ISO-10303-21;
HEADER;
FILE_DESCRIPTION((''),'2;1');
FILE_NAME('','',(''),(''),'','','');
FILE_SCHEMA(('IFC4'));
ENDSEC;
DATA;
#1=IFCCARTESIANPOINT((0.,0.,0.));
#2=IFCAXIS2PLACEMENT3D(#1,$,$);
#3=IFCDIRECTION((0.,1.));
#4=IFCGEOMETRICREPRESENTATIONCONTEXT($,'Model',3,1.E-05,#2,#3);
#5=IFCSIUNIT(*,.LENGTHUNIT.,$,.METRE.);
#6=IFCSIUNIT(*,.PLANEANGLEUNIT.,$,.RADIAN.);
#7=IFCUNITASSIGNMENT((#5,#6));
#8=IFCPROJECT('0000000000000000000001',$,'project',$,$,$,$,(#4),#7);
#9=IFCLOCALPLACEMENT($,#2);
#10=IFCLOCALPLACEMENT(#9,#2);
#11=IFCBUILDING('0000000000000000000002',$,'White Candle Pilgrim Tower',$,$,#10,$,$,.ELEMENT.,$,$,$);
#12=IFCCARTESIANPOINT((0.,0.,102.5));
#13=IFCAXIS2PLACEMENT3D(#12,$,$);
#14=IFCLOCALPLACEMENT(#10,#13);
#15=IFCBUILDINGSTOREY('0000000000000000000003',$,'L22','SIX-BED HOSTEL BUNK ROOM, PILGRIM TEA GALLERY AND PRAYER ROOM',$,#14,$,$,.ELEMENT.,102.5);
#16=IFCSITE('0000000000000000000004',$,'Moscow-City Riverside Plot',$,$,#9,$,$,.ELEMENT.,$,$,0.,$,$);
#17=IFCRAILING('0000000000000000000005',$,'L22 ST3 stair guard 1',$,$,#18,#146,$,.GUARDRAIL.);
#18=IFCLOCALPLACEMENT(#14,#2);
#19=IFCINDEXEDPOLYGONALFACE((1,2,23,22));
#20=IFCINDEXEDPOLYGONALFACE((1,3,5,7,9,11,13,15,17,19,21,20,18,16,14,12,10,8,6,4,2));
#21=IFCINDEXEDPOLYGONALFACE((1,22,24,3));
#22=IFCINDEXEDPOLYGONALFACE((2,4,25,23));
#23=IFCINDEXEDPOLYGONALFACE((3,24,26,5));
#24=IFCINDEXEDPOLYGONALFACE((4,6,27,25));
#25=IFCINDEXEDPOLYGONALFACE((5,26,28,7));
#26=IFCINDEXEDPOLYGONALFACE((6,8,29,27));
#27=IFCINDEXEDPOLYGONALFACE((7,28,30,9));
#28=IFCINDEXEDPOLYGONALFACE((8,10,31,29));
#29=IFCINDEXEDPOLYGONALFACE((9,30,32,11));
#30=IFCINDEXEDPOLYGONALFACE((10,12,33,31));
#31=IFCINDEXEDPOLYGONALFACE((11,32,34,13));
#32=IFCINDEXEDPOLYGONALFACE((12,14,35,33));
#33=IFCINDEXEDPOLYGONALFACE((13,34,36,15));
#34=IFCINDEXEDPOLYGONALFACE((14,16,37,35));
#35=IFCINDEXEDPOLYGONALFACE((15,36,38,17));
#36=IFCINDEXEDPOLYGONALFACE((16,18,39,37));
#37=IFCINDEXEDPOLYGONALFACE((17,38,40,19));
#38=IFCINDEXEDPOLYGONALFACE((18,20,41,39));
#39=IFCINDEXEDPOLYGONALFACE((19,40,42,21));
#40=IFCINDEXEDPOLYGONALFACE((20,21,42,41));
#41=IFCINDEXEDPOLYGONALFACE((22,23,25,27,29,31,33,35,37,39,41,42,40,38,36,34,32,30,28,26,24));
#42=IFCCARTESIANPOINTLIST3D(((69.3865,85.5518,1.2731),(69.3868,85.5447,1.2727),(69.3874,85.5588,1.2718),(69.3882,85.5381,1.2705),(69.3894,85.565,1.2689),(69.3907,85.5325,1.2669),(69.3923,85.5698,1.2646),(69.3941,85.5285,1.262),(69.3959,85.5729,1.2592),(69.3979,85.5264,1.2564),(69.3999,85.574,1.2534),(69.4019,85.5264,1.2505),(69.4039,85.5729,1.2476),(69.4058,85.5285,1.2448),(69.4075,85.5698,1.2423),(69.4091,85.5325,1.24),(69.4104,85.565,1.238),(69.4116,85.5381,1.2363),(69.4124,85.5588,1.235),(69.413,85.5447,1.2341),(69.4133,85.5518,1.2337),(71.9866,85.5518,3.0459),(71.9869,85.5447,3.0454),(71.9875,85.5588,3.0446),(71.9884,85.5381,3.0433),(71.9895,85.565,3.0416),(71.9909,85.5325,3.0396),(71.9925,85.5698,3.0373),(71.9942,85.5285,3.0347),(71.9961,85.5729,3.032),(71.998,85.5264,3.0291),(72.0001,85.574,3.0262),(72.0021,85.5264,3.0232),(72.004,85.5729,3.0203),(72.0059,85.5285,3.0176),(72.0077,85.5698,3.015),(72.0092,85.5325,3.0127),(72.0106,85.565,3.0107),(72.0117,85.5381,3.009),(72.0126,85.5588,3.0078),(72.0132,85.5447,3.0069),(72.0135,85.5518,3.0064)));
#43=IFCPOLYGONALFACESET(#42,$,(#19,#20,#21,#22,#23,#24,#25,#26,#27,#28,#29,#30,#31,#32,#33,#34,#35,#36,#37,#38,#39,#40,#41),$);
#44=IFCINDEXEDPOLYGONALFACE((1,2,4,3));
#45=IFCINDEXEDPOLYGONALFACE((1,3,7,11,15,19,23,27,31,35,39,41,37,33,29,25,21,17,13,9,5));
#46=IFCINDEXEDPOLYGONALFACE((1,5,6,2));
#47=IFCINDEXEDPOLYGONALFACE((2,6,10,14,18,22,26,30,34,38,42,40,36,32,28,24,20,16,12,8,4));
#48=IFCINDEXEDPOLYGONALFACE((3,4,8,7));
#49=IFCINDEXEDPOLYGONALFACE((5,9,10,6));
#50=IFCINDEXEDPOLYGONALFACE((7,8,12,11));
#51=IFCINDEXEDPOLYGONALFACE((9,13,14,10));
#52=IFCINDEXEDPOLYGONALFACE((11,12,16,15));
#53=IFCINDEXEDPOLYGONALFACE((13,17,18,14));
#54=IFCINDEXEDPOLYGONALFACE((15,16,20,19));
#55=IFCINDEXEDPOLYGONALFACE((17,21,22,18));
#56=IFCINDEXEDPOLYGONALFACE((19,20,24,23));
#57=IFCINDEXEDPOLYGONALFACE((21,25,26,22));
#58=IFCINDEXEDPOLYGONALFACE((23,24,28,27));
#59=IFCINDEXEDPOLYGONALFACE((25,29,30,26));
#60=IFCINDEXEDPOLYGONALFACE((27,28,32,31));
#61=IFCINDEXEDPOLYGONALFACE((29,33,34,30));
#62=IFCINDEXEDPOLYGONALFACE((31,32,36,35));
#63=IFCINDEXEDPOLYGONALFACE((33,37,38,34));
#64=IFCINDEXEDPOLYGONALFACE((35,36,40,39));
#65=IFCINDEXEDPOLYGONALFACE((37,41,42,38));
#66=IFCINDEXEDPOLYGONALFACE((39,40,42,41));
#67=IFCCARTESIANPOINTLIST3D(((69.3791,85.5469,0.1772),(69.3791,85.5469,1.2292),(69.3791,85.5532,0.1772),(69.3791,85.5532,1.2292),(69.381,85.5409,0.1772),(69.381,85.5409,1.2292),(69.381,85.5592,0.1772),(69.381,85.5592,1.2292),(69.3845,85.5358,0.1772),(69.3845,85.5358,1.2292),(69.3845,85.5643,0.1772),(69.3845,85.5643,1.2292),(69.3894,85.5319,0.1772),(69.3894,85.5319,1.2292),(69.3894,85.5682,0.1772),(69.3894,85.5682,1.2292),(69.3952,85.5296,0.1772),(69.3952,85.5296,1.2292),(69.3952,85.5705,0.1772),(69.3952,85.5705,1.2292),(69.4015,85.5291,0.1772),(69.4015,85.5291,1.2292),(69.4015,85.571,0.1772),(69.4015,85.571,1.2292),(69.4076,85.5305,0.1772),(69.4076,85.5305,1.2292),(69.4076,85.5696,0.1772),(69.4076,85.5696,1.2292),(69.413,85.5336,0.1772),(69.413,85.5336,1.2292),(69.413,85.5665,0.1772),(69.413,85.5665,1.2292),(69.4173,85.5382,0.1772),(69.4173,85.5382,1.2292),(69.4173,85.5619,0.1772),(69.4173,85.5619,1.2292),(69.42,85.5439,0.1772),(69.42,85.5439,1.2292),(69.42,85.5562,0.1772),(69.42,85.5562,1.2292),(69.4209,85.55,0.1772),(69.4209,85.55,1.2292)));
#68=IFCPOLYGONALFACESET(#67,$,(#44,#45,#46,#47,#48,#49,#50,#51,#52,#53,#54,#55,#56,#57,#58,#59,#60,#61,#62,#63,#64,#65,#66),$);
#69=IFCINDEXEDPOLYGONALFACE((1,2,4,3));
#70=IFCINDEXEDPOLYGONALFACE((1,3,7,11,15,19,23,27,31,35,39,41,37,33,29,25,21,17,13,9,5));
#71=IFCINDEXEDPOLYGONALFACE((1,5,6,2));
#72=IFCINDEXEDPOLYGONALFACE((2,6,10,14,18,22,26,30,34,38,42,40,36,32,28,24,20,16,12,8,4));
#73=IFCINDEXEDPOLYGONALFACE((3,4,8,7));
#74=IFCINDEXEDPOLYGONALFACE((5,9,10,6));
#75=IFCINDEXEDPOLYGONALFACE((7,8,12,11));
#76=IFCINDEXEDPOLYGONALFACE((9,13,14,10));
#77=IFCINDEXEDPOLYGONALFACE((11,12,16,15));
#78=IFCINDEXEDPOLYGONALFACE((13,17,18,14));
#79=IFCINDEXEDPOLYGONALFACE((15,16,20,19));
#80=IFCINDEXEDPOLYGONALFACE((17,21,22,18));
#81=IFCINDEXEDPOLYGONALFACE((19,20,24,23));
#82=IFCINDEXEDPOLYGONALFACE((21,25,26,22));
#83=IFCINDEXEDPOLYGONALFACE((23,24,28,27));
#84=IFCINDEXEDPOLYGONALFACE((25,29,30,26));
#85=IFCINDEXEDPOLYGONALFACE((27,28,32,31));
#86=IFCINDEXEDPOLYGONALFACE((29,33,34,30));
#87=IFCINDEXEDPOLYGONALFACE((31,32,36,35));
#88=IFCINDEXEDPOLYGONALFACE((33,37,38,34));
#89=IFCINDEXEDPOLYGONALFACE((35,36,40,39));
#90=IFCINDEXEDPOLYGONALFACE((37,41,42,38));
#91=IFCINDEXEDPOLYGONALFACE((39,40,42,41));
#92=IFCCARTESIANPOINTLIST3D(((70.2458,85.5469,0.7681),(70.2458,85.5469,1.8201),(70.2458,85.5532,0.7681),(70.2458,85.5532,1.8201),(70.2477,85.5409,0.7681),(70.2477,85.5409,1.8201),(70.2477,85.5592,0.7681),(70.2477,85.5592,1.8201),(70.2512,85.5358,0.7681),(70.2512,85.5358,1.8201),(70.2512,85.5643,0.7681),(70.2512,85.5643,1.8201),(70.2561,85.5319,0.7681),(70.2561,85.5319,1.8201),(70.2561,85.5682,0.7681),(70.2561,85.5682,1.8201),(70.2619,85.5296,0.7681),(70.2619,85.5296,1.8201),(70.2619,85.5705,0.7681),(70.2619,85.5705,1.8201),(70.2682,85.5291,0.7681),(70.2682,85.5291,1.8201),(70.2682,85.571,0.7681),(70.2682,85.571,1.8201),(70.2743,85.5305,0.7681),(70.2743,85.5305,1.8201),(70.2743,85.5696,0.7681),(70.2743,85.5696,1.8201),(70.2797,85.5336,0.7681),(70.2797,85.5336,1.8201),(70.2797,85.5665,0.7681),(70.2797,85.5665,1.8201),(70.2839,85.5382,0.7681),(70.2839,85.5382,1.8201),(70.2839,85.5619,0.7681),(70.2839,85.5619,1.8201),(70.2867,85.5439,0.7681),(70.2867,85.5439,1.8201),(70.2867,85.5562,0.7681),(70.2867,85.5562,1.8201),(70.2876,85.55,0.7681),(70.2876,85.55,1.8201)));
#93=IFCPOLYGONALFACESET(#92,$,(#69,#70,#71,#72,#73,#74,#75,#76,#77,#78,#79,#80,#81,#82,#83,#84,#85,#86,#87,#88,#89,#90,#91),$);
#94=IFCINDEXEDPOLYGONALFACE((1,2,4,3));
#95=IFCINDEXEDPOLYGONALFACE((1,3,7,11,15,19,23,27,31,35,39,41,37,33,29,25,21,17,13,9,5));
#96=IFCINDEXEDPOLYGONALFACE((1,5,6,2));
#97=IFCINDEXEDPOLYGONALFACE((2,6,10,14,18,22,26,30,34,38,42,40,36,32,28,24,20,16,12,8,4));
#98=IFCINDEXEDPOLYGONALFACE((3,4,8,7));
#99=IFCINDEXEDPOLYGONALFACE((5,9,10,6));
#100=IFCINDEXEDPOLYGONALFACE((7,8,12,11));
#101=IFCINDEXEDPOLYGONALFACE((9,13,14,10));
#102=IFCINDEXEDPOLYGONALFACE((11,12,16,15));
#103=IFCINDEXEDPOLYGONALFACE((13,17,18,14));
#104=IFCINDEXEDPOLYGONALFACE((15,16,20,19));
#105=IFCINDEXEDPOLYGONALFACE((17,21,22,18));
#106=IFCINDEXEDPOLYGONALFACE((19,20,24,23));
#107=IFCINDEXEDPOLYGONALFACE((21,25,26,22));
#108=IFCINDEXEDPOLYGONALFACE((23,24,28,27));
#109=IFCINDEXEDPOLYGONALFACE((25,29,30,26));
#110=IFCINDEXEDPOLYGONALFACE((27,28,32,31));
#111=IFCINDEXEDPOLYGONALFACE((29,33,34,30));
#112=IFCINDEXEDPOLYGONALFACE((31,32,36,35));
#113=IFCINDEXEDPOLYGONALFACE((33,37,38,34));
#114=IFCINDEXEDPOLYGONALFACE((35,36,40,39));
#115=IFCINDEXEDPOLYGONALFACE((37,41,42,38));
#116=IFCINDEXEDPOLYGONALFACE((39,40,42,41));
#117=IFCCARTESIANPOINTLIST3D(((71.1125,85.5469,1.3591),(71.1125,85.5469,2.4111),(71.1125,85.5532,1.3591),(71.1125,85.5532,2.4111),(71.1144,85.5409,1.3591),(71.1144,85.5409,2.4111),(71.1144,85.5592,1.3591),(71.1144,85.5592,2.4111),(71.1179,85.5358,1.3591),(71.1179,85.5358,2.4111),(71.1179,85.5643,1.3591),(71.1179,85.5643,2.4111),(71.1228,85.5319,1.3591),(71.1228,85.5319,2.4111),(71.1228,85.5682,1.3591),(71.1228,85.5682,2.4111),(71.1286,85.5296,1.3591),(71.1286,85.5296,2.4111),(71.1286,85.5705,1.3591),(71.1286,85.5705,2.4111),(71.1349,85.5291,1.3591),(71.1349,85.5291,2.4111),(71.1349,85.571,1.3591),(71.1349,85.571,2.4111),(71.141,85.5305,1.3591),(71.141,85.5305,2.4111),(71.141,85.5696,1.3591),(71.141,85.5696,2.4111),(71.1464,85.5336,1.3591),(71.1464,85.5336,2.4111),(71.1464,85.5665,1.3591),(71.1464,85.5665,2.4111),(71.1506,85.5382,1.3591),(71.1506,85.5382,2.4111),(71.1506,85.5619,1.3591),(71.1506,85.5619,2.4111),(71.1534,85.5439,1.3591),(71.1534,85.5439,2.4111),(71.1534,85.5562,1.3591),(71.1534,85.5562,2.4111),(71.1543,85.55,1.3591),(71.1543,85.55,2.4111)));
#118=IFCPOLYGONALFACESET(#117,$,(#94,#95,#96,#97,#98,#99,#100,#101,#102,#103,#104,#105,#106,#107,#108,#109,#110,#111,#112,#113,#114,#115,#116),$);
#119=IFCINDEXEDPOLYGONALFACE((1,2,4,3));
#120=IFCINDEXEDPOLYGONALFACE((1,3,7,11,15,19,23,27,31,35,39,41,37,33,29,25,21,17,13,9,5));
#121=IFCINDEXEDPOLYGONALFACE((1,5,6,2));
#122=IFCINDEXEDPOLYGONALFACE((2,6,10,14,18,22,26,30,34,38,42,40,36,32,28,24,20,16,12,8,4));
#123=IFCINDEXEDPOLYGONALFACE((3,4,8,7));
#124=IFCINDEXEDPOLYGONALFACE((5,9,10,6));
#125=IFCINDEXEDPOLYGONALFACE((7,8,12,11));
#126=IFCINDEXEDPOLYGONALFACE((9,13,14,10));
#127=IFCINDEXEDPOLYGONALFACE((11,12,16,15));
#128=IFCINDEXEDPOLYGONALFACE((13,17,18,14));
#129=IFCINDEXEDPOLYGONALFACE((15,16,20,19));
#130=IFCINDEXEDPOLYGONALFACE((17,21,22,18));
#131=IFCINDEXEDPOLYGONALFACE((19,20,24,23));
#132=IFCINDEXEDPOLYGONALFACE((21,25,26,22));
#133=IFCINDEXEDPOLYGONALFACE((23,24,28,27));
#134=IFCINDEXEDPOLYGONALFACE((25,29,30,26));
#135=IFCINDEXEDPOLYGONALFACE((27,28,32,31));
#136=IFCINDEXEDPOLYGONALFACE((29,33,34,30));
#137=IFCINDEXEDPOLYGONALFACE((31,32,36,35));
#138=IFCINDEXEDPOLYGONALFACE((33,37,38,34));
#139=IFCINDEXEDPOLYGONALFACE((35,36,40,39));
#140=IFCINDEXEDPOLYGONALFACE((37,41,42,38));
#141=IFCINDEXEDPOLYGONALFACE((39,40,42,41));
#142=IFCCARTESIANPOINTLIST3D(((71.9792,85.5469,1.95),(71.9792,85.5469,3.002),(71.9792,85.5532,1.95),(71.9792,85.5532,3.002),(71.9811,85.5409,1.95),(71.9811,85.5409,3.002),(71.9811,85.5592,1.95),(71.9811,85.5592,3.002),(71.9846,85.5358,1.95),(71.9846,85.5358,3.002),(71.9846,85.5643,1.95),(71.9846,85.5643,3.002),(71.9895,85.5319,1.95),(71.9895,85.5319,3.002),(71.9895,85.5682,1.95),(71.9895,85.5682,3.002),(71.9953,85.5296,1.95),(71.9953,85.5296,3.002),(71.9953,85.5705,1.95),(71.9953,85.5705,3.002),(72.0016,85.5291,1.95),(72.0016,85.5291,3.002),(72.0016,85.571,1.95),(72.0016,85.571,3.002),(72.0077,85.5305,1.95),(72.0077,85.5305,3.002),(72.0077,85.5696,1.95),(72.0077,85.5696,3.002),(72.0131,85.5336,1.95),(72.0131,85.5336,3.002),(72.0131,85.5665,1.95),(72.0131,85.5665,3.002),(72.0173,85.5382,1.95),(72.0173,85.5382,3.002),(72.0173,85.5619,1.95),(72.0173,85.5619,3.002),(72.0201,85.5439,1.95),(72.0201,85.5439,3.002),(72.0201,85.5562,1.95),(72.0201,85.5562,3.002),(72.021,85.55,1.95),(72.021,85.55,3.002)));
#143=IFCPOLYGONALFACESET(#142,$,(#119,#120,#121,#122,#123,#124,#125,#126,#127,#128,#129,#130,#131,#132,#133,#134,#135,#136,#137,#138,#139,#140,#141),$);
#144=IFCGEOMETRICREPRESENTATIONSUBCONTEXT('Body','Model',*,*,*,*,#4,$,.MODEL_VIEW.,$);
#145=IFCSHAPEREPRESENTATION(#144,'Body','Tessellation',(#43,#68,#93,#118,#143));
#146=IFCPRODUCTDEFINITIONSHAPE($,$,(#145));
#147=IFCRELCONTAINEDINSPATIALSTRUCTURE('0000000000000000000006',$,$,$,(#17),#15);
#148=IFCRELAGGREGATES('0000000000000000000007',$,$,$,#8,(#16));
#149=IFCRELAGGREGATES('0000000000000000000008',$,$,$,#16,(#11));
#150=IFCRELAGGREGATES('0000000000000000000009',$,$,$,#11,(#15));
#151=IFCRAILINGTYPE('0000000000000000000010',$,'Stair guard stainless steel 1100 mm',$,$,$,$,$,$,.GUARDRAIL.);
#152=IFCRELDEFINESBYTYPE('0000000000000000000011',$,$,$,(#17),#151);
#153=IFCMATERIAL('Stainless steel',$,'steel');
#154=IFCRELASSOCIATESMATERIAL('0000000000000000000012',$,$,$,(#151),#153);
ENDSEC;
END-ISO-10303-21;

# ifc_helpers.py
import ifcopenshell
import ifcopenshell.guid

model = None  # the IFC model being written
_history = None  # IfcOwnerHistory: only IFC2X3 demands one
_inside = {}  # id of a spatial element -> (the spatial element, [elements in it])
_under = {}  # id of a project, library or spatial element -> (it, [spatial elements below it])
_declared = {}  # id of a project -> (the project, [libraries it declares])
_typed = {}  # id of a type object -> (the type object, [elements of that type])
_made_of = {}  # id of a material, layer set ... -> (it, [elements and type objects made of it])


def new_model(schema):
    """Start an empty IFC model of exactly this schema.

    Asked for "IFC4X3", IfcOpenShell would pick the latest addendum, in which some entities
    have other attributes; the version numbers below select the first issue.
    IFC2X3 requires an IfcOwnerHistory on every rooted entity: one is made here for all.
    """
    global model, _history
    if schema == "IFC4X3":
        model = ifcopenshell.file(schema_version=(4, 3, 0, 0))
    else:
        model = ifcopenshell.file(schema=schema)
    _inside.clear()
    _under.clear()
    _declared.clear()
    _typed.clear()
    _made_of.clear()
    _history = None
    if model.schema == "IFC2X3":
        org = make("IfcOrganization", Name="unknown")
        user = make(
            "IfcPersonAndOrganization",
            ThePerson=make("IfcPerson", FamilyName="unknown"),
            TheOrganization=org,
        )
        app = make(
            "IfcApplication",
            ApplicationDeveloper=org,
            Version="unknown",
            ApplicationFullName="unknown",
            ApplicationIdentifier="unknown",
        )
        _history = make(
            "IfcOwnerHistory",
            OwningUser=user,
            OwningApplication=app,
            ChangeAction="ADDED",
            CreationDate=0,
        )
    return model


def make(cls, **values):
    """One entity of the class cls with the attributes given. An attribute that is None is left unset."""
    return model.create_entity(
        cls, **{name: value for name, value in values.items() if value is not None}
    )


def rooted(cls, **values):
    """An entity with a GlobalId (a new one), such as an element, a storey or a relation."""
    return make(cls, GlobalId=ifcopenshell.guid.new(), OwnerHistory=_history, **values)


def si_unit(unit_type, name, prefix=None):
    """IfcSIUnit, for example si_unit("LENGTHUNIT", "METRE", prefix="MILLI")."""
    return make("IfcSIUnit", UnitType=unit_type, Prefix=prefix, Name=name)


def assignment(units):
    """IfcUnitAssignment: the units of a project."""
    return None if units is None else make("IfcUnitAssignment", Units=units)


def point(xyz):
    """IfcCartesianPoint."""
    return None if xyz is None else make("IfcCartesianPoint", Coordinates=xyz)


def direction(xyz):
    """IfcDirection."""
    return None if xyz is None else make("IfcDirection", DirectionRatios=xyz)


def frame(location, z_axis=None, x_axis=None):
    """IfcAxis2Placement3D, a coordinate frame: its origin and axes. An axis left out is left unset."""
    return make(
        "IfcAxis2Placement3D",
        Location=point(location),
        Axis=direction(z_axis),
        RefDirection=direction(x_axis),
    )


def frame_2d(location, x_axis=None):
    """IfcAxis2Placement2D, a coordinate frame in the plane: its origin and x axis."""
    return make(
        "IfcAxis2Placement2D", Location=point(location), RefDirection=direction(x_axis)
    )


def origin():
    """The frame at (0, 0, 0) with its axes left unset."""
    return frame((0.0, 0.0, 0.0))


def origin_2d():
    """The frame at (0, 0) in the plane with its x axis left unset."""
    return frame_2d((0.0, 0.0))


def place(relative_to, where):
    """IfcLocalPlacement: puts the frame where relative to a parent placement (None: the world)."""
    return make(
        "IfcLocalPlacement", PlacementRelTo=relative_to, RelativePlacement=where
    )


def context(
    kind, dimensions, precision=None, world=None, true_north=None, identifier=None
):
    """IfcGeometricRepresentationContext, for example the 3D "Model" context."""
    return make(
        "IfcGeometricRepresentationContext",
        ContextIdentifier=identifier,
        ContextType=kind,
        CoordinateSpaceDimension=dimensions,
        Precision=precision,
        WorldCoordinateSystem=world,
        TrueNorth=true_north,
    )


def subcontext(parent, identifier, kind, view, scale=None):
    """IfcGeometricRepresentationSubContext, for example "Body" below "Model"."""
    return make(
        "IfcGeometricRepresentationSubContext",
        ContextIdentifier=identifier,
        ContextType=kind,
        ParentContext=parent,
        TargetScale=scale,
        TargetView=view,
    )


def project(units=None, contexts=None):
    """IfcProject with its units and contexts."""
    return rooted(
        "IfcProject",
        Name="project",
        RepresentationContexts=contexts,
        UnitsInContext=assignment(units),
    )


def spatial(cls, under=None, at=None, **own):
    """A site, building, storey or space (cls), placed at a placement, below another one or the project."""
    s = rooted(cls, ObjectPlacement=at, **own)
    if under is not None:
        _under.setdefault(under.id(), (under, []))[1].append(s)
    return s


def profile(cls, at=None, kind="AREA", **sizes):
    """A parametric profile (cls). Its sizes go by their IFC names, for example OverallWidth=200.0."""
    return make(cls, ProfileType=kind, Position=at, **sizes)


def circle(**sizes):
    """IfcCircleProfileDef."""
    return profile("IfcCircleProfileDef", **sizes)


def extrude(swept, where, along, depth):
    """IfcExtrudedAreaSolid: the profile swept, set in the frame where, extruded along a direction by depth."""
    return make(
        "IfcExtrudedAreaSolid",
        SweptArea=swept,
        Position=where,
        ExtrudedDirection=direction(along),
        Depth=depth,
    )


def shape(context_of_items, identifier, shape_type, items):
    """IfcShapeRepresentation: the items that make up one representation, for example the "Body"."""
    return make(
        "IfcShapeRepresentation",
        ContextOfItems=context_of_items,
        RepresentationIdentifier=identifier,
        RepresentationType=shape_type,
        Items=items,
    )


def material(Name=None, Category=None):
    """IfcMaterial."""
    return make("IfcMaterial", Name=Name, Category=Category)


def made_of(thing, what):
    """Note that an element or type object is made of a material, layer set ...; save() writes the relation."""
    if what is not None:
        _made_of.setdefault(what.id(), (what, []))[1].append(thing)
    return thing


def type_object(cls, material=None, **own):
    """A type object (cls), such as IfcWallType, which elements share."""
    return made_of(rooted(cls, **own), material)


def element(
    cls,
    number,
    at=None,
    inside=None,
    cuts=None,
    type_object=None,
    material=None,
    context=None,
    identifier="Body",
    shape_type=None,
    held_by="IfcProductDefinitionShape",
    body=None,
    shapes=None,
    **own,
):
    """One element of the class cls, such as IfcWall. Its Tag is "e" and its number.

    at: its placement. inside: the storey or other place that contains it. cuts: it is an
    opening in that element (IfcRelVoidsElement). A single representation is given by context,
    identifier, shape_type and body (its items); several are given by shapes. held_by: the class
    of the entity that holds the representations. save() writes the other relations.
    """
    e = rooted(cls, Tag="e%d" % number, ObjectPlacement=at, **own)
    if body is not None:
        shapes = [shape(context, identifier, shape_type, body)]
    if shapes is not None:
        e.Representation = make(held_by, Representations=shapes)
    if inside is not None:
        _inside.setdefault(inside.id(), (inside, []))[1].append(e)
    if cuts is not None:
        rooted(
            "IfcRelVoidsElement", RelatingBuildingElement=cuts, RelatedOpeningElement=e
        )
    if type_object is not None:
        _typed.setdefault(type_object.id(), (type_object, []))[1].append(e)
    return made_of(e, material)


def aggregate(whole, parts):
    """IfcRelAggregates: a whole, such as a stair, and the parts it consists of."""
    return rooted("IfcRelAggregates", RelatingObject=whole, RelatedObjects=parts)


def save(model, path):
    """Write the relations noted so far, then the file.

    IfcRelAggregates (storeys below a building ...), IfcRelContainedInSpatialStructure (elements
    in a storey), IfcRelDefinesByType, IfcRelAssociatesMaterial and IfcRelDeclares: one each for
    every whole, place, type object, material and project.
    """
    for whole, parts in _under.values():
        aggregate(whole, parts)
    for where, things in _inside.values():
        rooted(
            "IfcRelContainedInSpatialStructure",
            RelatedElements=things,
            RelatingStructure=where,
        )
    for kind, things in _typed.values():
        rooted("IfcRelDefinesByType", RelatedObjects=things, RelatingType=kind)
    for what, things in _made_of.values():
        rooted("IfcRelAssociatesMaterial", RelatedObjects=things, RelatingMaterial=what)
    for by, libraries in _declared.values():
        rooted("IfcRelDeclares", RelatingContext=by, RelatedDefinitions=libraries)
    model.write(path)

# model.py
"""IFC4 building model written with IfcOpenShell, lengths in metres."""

from ifc_helpers import new_model, si_unit, direction, frame, origin, origin_2d, place, context, subcontext, project, spatial, circle, extrude, material, type_object, element, save


model = new_model("IFC4")

# Units and contexts
model_context = context("Model", 3, precision=1e-05, world=origin(), true_north=direction((0.0, 1.0)))
body_context = subcontext(model_context, "Body", "Model", "MODEL_VIEW")
ifc_project = project(units=[si_unit("LENGTHUNIT", "METRE"), si_unit("PLANEANGLEUNIT", "RADIAN")], contexts=[model_context])

# Site, building, storey
site_placement = place(None, origin())
site = spatial("IfcSite", under=ifc_project, at=site_placement, Name="Moscow-City Riverside Plot", CompositionType="ELEMENT", RefElevation=0.0)
building_placement = place(site_placement, origin())
building = spatial("IfcBuilding", under=site, at=building_placement, Name="White Candle Pilgrim Tower", CompositionType="ELEMENT")
storey_placement = place(building_placement, frame((0.0, 0.0, 102.5)))
storey = spatial("IfcBuildingStorey", under=building, at=storey_placement, Name="L22", Description="SIX-BED HOSTEL BUNK ROOM, PILGRIM TEA GALLERY AND PRAYER ROOM", CompositionType="ELEMENT", Elevation=102.5)

# Railing
ifc_material_1 = material(Name="Stainless steel", Category="steel")
railing_type_1 = type_object("IfcRailingType", Name="Stair guard stainless steel 1100 mm", PredefinedType="GUARDRAIL", material=ifc_material_1)
railing_1_placement = place(storey_placement, frame((69.3999, 85.55, 0.1772)))
element("IfcRailing", 1, at=railing_1_placement, inside=storey, type_object=railing_type_1, Name="L22 ST3 stair guard 1", PredefinedType="GUARDRAIL", context=body_context, shape_type="SweptSolid", body=[
    extrude(circle(Radius=0.0239, at=origin_2d()), frame((0.0, 0.0, 1.0762), z_axis=(0.82624, 0.0, 0.563318), x_axis=(0.0, 1.0, 0.0)), (0.0, 0.0, 1.0), 3.147),
    extrude(circle(Radius=0.021, at=origin_2d()), origin(), (0.0, 0.0, 1.0), 1.052),
    extrude(circle(Radius=0.021, at=origin_2d()), frame((0.8667, 0.0, 0.5908)), (0.0, 0.0, 1.0), 1.052),
    extrude(circle(Radius=0.021, at=origin_2d()), frame((1.7334, 0.0, 1.1819)), (0.0, 0.0, 1.0), 1.052),
    extrude(circle(Radius=0.021, at=origin_2d()), frame((2.6001, 0.0, 1.7727)), (0.0, 0.0, 1.0), 1.052),
])

save(model, "model.ifc")
